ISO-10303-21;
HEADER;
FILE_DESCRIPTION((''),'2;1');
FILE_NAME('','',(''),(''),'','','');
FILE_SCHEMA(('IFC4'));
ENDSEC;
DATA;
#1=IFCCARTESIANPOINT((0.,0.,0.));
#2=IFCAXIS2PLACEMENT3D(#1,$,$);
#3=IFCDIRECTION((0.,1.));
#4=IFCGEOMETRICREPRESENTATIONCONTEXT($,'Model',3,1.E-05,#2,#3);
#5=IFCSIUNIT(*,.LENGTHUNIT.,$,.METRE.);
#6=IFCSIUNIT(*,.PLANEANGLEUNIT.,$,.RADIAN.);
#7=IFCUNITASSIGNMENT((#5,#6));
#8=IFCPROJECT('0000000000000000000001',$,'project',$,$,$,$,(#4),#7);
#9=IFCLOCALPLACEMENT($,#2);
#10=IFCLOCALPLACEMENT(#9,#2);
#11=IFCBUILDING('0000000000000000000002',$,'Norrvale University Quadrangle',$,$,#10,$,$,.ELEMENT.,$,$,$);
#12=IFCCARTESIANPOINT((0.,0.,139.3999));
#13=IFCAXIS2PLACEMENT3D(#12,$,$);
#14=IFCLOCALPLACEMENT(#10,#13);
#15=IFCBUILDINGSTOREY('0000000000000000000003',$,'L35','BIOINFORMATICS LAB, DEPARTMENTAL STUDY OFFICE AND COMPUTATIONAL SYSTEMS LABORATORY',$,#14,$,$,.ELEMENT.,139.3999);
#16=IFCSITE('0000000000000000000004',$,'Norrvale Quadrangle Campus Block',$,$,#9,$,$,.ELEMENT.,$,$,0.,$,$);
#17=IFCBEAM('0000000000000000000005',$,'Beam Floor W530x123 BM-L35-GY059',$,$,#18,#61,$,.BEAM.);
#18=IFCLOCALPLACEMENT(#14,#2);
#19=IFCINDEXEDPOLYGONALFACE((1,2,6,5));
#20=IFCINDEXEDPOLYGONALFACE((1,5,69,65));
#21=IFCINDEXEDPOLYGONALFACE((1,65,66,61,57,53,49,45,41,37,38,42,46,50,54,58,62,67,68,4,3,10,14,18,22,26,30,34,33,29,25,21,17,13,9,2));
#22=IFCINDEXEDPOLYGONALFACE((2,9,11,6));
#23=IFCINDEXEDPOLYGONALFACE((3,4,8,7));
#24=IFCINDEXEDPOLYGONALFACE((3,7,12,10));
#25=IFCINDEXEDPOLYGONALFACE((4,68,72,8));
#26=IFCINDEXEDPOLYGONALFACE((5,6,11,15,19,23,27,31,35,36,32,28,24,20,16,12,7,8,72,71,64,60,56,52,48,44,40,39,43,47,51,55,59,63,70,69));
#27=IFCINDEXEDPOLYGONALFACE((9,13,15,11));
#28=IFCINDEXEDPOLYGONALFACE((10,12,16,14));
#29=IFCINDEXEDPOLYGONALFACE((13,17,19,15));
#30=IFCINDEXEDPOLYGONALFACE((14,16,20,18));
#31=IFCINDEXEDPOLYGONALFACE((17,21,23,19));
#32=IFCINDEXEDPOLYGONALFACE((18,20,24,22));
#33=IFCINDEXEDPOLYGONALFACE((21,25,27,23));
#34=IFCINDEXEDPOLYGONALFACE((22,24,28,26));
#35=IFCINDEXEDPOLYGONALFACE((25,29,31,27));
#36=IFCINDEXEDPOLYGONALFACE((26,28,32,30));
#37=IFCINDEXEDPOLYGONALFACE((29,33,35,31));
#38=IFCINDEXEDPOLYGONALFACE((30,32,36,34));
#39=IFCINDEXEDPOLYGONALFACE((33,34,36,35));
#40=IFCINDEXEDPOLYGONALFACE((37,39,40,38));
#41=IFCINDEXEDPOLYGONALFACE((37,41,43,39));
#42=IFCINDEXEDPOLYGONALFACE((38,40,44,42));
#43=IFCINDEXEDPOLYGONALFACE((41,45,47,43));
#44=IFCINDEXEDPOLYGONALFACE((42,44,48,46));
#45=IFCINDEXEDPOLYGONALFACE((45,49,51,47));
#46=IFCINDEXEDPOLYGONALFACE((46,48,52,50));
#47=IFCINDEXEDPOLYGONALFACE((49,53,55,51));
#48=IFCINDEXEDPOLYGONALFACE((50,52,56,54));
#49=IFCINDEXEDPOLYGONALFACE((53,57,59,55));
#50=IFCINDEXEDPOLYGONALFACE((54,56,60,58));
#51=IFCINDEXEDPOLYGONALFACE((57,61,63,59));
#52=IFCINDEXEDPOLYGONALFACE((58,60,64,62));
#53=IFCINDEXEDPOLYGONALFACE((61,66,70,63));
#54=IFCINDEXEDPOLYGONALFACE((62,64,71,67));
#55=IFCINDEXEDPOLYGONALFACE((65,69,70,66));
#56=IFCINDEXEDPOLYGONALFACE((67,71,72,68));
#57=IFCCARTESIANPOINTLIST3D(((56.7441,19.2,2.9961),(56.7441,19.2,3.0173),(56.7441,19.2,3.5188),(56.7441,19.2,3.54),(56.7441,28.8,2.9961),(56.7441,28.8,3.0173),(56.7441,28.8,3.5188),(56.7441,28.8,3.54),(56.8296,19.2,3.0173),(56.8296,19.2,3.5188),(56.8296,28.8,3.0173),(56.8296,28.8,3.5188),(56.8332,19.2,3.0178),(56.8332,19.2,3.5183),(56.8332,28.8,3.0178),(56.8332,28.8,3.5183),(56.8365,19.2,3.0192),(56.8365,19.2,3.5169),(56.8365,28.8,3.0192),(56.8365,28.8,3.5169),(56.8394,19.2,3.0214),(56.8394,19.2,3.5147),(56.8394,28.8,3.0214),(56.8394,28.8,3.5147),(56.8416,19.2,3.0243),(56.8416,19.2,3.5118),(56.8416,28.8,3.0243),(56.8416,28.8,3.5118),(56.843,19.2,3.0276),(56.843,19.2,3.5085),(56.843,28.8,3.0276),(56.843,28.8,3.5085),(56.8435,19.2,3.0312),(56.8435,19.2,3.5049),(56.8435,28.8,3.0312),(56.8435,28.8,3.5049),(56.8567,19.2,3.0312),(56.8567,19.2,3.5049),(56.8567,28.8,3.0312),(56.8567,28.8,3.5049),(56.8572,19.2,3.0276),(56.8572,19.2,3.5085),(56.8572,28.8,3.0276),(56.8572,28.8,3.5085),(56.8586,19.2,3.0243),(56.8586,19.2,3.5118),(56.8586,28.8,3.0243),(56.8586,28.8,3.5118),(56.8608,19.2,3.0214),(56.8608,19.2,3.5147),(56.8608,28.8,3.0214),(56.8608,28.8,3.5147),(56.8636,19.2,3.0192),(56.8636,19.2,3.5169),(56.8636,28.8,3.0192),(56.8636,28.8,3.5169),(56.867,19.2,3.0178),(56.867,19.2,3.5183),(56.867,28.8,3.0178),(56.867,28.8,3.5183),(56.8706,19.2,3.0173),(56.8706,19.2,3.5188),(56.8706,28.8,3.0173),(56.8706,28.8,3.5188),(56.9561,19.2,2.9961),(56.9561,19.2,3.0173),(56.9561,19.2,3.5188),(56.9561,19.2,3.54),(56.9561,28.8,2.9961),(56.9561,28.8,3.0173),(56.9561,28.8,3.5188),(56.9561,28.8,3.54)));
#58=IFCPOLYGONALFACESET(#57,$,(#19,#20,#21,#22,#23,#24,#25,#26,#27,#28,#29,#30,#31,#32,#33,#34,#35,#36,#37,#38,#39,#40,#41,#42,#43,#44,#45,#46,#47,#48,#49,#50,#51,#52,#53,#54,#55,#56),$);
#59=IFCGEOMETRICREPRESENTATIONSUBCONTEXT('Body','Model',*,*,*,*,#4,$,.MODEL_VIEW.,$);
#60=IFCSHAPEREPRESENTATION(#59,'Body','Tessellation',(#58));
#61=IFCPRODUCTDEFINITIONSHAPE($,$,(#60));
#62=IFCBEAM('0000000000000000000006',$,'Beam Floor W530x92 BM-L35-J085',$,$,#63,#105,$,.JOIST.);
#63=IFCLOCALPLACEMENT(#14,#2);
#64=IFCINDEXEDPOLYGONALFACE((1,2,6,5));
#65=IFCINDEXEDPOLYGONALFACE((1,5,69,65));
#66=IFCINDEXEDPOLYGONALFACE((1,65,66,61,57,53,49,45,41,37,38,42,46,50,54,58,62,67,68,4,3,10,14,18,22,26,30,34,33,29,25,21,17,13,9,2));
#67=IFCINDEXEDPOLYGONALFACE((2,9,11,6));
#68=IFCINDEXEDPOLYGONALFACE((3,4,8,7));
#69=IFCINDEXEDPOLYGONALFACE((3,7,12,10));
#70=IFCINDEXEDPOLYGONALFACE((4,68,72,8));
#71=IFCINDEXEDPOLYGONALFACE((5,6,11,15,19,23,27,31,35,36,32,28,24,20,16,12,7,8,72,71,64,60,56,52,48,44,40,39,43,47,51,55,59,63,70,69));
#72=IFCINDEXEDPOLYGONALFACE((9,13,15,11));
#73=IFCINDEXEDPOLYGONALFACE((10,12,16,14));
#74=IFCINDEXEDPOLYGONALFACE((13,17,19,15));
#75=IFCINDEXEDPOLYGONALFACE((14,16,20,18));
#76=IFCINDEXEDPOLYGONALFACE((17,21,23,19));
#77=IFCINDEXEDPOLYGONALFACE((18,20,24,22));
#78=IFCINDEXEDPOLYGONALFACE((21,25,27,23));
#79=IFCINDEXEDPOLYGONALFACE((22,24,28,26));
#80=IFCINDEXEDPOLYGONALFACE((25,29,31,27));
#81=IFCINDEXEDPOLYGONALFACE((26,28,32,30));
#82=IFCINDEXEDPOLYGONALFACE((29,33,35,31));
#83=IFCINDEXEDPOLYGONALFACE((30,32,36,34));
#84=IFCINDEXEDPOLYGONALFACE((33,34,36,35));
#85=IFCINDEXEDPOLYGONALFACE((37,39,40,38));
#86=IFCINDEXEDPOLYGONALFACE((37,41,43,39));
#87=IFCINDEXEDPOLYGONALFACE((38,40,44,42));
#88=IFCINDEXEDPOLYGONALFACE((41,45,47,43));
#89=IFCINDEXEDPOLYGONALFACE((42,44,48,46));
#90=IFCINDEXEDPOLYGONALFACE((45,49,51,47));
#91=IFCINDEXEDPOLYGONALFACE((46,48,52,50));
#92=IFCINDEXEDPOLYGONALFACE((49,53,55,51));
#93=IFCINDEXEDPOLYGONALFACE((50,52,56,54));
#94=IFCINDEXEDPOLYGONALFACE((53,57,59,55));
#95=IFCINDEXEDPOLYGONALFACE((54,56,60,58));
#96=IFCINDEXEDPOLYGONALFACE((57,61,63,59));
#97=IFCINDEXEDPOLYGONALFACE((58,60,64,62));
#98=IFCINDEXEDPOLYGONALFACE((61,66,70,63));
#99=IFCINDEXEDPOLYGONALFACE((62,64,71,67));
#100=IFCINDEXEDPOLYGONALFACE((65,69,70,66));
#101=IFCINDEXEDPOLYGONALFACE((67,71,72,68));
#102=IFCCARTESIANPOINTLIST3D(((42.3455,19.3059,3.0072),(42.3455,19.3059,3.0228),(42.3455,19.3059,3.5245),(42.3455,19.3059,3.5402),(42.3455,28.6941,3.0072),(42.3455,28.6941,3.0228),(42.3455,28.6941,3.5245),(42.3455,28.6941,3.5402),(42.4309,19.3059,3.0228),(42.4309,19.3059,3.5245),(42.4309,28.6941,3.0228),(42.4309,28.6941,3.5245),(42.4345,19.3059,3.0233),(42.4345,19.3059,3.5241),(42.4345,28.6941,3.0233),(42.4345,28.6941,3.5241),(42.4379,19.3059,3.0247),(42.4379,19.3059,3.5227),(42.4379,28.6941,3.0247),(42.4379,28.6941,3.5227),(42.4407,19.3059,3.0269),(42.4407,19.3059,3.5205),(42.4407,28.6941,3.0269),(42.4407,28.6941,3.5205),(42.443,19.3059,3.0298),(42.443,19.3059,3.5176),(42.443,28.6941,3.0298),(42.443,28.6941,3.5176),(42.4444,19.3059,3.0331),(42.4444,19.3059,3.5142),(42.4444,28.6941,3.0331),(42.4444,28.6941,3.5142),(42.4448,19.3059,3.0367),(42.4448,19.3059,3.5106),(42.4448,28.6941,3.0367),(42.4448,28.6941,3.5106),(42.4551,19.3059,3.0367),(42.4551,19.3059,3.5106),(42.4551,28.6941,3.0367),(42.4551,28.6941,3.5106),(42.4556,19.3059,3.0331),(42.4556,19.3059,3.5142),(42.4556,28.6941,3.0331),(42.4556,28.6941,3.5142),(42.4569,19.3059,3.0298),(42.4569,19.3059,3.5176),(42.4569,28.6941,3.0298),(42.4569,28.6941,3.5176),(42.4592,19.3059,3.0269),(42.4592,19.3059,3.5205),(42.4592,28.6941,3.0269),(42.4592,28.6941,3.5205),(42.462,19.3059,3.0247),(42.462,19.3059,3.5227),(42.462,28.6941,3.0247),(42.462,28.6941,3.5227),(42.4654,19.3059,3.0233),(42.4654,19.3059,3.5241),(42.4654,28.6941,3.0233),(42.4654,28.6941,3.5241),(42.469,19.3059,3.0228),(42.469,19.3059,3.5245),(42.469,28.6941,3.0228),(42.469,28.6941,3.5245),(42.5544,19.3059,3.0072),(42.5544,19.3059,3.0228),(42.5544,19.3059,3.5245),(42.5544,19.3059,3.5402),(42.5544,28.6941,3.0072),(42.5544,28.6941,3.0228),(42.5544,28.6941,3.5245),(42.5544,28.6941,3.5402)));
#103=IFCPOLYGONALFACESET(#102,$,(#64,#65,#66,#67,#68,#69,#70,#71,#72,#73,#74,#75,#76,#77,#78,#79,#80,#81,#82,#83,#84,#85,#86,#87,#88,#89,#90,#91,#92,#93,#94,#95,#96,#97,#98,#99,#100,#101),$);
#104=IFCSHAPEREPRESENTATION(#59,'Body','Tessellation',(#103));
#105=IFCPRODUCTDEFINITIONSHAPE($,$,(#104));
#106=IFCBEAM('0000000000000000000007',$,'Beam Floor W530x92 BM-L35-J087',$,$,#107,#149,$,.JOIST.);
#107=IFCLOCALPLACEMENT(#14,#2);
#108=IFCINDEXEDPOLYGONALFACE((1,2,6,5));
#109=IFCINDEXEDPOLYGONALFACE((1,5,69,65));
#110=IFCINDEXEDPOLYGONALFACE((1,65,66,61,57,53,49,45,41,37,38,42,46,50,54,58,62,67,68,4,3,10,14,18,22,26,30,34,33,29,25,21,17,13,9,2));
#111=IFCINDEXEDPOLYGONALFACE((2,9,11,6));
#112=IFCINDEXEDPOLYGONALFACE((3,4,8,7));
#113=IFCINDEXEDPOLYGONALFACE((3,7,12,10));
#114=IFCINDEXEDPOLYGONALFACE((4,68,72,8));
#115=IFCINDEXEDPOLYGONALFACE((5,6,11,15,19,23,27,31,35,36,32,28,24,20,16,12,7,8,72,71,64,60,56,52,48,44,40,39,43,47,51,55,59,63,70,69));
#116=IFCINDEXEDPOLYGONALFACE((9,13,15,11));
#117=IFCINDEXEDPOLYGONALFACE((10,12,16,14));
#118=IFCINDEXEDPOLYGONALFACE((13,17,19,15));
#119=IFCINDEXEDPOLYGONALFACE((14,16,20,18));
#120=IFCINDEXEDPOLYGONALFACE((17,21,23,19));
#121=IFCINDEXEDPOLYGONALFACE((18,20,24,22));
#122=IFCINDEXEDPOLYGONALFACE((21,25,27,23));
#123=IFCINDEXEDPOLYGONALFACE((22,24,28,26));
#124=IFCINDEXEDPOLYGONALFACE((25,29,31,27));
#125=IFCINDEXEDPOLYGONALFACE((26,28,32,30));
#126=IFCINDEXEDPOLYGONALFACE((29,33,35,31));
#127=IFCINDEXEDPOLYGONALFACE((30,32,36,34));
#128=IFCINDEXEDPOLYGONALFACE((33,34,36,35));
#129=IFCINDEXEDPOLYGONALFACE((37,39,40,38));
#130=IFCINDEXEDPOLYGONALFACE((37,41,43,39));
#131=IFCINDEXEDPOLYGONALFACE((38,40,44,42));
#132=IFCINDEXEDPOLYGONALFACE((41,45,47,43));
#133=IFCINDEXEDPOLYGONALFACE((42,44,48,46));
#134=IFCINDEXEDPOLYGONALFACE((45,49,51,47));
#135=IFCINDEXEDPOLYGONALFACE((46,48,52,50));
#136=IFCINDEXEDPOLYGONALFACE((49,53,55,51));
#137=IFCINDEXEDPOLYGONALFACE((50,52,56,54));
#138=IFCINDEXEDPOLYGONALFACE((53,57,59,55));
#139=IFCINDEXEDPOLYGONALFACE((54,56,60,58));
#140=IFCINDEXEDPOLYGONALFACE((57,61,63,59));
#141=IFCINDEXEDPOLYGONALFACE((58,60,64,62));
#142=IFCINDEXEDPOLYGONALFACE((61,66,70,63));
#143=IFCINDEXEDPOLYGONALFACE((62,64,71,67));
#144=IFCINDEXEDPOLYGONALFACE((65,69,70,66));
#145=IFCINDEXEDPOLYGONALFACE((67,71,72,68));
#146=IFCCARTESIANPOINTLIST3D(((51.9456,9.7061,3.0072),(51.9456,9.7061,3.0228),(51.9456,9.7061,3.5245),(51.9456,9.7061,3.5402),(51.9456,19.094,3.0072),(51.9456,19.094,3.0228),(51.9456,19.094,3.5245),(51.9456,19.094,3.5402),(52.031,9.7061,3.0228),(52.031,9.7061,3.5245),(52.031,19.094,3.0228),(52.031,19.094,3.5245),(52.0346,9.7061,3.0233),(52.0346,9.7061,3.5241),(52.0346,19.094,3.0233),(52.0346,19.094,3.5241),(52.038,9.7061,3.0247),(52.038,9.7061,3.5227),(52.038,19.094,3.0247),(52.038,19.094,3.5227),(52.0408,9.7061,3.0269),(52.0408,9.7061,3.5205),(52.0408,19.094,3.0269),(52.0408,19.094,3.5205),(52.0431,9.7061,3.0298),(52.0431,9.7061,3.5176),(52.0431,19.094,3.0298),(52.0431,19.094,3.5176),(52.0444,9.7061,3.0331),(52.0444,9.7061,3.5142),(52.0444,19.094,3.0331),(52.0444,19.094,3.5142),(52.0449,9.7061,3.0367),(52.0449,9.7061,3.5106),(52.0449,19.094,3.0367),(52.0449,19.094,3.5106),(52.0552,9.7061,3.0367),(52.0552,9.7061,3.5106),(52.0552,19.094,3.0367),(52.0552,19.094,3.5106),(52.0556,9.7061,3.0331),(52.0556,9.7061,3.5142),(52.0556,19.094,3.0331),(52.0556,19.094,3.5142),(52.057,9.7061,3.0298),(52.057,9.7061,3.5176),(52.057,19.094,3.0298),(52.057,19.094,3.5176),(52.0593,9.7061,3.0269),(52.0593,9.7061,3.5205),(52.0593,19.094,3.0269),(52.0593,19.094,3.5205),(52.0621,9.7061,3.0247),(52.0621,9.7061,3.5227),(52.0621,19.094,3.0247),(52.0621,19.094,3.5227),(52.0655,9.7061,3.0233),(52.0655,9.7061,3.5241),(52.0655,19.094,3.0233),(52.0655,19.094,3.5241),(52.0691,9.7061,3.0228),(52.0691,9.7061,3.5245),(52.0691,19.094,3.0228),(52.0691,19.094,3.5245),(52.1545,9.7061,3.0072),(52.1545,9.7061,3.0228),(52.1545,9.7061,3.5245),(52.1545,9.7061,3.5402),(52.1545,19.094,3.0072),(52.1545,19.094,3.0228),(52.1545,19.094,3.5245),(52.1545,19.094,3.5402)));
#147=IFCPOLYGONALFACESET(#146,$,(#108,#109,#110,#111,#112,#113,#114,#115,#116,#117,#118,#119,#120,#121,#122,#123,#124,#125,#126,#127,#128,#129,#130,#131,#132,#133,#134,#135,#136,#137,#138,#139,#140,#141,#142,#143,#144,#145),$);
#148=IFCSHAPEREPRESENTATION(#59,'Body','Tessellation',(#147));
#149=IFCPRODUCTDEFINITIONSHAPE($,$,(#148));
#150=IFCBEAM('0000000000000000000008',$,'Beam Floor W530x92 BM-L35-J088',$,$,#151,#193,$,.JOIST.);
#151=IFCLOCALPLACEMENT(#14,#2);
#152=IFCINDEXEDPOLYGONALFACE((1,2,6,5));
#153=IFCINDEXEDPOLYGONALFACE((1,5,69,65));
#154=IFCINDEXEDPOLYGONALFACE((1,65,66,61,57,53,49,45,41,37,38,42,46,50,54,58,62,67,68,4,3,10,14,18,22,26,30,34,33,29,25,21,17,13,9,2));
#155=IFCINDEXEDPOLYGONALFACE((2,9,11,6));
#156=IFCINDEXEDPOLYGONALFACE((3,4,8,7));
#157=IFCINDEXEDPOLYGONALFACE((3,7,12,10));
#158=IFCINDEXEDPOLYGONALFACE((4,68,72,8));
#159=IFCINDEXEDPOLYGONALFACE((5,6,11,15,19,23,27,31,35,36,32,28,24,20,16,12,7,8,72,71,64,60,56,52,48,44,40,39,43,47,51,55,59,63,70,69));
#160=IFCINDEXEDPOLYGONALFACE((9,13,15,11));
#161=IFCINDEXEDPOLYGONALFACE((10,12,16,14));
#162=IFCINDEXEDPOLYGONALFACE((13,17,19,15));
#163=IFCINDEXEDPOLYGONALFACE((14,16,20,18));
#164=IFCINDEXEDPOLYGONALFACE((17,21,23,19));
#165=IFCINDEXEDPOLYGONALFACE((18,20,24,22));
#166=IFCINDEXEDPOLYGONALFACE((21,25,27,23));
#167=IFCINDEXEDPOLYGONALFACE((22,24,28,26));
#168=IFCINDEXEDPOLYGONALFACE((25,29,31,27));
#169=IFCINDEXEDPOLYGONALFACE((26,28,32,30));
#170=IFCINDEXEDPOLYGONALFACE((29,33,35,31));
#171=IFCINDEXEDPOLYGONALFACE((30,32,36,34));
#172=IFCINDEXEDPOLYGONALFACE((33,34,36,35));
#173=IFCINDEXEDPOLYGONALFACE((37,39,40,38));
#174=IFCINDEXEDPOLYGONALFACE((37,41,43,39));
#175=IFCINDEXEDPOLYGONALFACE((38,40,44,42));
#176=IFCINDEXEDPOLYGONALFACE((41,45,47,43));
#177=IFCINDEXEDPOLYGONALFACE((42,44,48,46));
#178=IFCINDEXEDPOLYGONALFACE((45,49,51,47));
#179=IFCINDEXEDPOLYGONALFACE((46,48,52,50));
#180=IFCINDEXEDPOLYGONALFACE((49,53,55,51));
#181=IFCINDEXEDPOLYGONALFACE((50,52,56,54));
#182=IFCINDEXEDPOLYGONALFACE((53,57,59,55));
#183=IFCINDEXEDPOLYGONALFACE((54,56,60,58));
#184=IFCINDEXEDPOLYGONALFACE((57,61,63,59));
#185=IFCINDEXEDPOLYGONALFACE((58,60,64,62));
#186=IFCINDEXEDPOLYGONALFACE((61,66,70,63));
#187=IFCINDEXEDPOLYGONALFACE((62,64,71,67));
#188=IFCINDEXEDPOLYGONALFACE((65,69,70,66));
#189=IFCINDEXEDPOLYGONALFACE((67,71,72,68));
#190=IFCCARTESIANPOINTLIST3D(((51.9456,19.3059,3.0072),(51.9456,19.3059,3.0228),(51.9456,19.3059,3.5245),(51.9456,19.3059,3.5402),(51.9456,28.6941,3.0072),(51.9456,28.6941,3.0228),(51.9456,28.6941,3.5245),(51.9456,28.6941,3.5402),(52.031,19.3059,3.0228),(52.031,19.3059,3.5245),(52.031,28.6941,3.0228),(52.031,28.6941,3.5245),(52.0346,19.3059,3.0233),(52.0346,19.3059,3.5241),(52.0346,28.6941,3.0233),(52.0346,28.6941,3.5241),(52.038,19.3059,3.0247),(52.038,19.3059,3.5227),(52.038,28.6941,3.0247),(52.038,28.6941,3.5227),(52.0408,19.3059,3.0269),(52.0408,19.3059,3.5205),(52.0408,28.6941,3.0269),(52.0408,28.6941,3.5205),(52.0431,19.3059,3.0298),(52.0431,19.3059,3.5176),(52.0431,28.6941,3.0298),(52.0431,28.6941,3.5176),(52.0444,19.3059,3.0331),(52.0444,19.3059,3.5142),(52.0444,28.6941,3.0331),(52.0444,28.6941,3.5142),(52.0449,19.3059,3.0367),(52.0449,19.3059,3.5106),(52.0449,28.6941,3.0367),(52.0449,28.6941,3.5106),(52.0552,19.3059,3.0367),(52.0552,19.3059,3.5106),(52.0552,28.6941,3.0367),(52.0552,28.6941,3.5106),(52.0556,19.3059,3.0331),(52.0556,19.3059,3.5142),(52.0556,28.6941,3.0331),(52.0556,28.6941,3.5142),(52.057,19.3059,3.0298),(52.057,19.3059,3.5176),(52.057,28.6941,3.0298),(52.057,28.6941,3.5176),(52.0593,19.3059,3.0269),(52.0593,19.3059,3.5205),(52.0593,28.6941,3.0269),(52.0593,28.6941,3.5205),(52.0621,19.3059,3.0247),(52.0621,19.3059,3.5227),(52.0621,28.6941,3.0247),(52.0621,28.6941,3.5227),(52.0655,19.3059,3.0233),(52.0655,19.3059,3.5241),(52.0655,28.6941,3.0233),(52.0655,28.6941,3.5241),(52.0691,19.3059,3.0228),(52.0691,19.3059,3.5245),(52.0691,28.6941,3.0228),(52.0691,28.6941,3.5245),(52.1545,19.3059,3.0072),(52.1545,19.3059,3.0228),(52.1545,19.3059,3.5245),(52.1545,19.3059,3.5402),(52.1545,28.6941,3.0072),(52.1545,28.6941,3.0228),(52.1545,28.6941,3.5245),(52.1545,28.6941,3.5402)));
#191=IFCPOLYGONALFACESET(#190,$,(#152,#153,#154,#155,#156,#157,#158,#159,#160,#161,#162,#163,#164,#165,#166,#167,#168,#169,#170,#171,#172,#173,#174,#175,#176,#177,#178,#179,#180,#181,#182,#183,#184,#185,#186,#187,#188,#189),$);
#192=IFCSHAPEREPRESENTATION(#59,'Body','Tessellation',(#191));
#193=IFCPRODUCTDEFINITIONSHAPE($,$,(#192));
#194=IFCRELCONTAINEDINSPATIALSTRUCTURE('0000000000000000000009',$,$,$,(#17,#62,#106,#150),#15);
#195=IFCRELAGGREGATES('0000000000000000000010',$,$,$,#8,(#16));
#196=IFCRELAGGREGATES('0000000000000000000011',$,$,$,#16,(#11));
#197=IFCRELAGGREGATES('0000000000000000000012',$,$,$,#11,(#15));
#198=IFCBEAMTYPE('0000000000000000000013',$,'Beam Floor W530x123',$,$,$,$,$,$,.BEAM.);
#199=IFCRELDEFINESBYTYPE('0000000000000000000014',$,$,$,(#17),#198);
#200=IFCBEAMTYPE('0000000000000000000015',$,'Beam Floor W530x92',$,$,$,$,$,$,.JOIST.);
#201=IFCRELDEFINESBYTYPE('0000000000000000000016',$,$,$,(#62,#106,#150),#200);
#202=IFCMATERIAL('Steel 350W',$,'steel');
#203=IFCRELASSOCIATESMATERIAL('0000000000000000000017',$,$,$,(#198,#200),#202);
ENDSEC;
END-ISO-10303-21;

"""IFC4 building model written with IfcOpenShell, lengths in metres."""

from ifc_helpers import new_model, si_unit, direction, frame, origin, origin_2d, place, context, subcontext, project, spatial, i_section, extrude, material, material_profile, profile_set, type_object, element, save


model = new_model("IFC4")

# Units and contexts
model_context = context("Model", 3, precision=1e-05, world=origin(), true_north=direction((0.0, 1.0)))
body_context = subcontext(model_context, "Body", "Model", "MODEL_VIEW")
ifc_project = project(units=[si_unit("LENGTHUNIT", "METRE"), si_unit("PLANEANGLEUNIT", "RADIAN")], contexts=[model_context])

# Site, building, storey
site_placement = place(None, origin())
site = spatial("IfcSite", under=ifc_project, at=site_placement, Name="Norrvale Quadrangle Campus Block", CompositionType="ELEMENT", RefElevation=0.0)
building_placement = place(site_placement, origin())
building = spatial("IfcBuilding", under=site, at=building_placement, Name="Norrvale University Quadrangle", CompositionType="ELEMENT")
storey_placement = place(building_placement, frame((0.0, 0.0, 139.3999)))
storey = spatial("IfcBuildingStorey", under=building, at=storey_placement, Name="L35", Description="BIOINFORMATICS LAB, DEPARTMENTAL STUDY OFFICE AND COMPUTATIONAL SYSTEMS LABORATORY", CompositionType="ELEMENT", Elevation=139.3999)

# Beams
ifc_material_1 = material(Name="Steel 350W", Category="steel")
ifc_material_profile_1 = material_profile(ifc_material_1, i_section(OverallWidth=0.2119, OverallDepth=0.5439, WebThickness=0.0132, FlangeThickness=0.0212, FilletRadius=0.0139, at=origin_2d()), Name="Steel 350W")
ifc_profile_set_1 = profile_set([ifc_material_profile_1], Name="Steel 350W")
beam_type_1 = type_object("IfcBeamType", Name="Beam Floor W530x123", PredefinedType="BEAM", material=ifc_profile_set_1)
beam_1_placement = place(storey_placement, frame((56.8501, 19.2, 3.2681), z_axis=(0.0, 1.0, 0.0), x_axis=(-1.0, 0.0, 0.0)))
element("IfcBeam", 1, at=beam_1_placement, inside=storey, type_object=beam_type_1, Name="Beam Floor W530x123 BM-L35-GY059", PredefinedType="BEAM", context=body_context, shape_type="SweptSolid", body=[
    extrude(i_section(OverallWidth=0.2119, OverallDepth=0.5439, WebThickness=0.0132, FlangeThickness=0.0212, FilletRadius=0.0139, at=origin_2d()), origin(), (0.0, 0.0, 1.0), 9.6001),
])
ifc_material_profile_2 = material_profile(ifc_material_1, i_section(OverallWidth=0.209, OverallDepth=0.533, WebThickness=0.0103, FlangeThickness=0.0156, FilletRadius=0.0139, at=origin_2d()), Name="Steel 350W")
ifc_profile_set_2 = profile_set([ifc_material_profile_2], Name="Steel 350W")
beam_type_2 = type_object("IfcBeamType", Name="Beam Floor W530x92", PredefinedType="JOIST", material=ifc_profile_set_2)
beam_2_placement = place(storey_placement, frame((42.45, 19.3059, 3.2737), z_axis=(0.0, 1.0, 0.0), x_axis=(-1.0, 0.0, 0.0)))
element("IfcBeam", 2, at=beam_2_placement, inside=storey, type_object=beam_type_2, Name="Beam Floor W530x92 BM-L35-J085", PredefinedType="JOIST", context=body_context, shape_type="SweptSolid", body=[
    extrude(i_section(OverallWidth=0.209, OverallDepth=0.533, WebThickness=0.0103, FlangeThickness=0.0156, FilletRadius=0.0139, at=origin_2d()), origin(), (0.0, 0.0, 1.0), 9.3882),
])
beam_3_placement = place(storey_placement, frame((52.05, 9.7061, 3.2737), z_axis=(0.0, 1.0, 0.0), x_axis=(-1.0, 0.0, 0.0)))
element("IfcBeam", 3, at=beam_3_placement, inside=storey, type_object=beam_type_2, Name="Beam Floor W530x92 BM-L35-J087", PredefinedType="JOIST", context=body_context, shape_type="SweptSolid", body=[
    extrude(i_section(OverallWidth=0.209, OverallDepth=0.533, WebThickness=0.0103, FlangeThickness=0.0156, FilletRadius=0.0139, at=origin_2d()), origin(), (0.0, 0.0, 1.0), 9.3879),
])
beam_4_placement = place(storey_placement, frame((52.05, 19.3059, 3.2737), z_axis=(0.0, 1.0, 0.0), x_axis=(-1.0, 0.0, 0.0)))
element("IfcBeam", 4, at=beam_4_placement, inside=storey, type_object=beam_type_2, Name="Beam Floor W530x92 BM-L35-J088", PredefinedType="JOIST", context=body_context, shape_type="SweptSolid", body=[
    extrude(i_section(OverallWidth=0.209, OverallDepth=0.533, WebThickness=0.0103, FlangeThickness=0.0156, FilletRadius=0.0139, at=origin_2d()), origin(), (0.0, 0.0, 1.0), 9.3882),
])

save(model, "model.ifc")
